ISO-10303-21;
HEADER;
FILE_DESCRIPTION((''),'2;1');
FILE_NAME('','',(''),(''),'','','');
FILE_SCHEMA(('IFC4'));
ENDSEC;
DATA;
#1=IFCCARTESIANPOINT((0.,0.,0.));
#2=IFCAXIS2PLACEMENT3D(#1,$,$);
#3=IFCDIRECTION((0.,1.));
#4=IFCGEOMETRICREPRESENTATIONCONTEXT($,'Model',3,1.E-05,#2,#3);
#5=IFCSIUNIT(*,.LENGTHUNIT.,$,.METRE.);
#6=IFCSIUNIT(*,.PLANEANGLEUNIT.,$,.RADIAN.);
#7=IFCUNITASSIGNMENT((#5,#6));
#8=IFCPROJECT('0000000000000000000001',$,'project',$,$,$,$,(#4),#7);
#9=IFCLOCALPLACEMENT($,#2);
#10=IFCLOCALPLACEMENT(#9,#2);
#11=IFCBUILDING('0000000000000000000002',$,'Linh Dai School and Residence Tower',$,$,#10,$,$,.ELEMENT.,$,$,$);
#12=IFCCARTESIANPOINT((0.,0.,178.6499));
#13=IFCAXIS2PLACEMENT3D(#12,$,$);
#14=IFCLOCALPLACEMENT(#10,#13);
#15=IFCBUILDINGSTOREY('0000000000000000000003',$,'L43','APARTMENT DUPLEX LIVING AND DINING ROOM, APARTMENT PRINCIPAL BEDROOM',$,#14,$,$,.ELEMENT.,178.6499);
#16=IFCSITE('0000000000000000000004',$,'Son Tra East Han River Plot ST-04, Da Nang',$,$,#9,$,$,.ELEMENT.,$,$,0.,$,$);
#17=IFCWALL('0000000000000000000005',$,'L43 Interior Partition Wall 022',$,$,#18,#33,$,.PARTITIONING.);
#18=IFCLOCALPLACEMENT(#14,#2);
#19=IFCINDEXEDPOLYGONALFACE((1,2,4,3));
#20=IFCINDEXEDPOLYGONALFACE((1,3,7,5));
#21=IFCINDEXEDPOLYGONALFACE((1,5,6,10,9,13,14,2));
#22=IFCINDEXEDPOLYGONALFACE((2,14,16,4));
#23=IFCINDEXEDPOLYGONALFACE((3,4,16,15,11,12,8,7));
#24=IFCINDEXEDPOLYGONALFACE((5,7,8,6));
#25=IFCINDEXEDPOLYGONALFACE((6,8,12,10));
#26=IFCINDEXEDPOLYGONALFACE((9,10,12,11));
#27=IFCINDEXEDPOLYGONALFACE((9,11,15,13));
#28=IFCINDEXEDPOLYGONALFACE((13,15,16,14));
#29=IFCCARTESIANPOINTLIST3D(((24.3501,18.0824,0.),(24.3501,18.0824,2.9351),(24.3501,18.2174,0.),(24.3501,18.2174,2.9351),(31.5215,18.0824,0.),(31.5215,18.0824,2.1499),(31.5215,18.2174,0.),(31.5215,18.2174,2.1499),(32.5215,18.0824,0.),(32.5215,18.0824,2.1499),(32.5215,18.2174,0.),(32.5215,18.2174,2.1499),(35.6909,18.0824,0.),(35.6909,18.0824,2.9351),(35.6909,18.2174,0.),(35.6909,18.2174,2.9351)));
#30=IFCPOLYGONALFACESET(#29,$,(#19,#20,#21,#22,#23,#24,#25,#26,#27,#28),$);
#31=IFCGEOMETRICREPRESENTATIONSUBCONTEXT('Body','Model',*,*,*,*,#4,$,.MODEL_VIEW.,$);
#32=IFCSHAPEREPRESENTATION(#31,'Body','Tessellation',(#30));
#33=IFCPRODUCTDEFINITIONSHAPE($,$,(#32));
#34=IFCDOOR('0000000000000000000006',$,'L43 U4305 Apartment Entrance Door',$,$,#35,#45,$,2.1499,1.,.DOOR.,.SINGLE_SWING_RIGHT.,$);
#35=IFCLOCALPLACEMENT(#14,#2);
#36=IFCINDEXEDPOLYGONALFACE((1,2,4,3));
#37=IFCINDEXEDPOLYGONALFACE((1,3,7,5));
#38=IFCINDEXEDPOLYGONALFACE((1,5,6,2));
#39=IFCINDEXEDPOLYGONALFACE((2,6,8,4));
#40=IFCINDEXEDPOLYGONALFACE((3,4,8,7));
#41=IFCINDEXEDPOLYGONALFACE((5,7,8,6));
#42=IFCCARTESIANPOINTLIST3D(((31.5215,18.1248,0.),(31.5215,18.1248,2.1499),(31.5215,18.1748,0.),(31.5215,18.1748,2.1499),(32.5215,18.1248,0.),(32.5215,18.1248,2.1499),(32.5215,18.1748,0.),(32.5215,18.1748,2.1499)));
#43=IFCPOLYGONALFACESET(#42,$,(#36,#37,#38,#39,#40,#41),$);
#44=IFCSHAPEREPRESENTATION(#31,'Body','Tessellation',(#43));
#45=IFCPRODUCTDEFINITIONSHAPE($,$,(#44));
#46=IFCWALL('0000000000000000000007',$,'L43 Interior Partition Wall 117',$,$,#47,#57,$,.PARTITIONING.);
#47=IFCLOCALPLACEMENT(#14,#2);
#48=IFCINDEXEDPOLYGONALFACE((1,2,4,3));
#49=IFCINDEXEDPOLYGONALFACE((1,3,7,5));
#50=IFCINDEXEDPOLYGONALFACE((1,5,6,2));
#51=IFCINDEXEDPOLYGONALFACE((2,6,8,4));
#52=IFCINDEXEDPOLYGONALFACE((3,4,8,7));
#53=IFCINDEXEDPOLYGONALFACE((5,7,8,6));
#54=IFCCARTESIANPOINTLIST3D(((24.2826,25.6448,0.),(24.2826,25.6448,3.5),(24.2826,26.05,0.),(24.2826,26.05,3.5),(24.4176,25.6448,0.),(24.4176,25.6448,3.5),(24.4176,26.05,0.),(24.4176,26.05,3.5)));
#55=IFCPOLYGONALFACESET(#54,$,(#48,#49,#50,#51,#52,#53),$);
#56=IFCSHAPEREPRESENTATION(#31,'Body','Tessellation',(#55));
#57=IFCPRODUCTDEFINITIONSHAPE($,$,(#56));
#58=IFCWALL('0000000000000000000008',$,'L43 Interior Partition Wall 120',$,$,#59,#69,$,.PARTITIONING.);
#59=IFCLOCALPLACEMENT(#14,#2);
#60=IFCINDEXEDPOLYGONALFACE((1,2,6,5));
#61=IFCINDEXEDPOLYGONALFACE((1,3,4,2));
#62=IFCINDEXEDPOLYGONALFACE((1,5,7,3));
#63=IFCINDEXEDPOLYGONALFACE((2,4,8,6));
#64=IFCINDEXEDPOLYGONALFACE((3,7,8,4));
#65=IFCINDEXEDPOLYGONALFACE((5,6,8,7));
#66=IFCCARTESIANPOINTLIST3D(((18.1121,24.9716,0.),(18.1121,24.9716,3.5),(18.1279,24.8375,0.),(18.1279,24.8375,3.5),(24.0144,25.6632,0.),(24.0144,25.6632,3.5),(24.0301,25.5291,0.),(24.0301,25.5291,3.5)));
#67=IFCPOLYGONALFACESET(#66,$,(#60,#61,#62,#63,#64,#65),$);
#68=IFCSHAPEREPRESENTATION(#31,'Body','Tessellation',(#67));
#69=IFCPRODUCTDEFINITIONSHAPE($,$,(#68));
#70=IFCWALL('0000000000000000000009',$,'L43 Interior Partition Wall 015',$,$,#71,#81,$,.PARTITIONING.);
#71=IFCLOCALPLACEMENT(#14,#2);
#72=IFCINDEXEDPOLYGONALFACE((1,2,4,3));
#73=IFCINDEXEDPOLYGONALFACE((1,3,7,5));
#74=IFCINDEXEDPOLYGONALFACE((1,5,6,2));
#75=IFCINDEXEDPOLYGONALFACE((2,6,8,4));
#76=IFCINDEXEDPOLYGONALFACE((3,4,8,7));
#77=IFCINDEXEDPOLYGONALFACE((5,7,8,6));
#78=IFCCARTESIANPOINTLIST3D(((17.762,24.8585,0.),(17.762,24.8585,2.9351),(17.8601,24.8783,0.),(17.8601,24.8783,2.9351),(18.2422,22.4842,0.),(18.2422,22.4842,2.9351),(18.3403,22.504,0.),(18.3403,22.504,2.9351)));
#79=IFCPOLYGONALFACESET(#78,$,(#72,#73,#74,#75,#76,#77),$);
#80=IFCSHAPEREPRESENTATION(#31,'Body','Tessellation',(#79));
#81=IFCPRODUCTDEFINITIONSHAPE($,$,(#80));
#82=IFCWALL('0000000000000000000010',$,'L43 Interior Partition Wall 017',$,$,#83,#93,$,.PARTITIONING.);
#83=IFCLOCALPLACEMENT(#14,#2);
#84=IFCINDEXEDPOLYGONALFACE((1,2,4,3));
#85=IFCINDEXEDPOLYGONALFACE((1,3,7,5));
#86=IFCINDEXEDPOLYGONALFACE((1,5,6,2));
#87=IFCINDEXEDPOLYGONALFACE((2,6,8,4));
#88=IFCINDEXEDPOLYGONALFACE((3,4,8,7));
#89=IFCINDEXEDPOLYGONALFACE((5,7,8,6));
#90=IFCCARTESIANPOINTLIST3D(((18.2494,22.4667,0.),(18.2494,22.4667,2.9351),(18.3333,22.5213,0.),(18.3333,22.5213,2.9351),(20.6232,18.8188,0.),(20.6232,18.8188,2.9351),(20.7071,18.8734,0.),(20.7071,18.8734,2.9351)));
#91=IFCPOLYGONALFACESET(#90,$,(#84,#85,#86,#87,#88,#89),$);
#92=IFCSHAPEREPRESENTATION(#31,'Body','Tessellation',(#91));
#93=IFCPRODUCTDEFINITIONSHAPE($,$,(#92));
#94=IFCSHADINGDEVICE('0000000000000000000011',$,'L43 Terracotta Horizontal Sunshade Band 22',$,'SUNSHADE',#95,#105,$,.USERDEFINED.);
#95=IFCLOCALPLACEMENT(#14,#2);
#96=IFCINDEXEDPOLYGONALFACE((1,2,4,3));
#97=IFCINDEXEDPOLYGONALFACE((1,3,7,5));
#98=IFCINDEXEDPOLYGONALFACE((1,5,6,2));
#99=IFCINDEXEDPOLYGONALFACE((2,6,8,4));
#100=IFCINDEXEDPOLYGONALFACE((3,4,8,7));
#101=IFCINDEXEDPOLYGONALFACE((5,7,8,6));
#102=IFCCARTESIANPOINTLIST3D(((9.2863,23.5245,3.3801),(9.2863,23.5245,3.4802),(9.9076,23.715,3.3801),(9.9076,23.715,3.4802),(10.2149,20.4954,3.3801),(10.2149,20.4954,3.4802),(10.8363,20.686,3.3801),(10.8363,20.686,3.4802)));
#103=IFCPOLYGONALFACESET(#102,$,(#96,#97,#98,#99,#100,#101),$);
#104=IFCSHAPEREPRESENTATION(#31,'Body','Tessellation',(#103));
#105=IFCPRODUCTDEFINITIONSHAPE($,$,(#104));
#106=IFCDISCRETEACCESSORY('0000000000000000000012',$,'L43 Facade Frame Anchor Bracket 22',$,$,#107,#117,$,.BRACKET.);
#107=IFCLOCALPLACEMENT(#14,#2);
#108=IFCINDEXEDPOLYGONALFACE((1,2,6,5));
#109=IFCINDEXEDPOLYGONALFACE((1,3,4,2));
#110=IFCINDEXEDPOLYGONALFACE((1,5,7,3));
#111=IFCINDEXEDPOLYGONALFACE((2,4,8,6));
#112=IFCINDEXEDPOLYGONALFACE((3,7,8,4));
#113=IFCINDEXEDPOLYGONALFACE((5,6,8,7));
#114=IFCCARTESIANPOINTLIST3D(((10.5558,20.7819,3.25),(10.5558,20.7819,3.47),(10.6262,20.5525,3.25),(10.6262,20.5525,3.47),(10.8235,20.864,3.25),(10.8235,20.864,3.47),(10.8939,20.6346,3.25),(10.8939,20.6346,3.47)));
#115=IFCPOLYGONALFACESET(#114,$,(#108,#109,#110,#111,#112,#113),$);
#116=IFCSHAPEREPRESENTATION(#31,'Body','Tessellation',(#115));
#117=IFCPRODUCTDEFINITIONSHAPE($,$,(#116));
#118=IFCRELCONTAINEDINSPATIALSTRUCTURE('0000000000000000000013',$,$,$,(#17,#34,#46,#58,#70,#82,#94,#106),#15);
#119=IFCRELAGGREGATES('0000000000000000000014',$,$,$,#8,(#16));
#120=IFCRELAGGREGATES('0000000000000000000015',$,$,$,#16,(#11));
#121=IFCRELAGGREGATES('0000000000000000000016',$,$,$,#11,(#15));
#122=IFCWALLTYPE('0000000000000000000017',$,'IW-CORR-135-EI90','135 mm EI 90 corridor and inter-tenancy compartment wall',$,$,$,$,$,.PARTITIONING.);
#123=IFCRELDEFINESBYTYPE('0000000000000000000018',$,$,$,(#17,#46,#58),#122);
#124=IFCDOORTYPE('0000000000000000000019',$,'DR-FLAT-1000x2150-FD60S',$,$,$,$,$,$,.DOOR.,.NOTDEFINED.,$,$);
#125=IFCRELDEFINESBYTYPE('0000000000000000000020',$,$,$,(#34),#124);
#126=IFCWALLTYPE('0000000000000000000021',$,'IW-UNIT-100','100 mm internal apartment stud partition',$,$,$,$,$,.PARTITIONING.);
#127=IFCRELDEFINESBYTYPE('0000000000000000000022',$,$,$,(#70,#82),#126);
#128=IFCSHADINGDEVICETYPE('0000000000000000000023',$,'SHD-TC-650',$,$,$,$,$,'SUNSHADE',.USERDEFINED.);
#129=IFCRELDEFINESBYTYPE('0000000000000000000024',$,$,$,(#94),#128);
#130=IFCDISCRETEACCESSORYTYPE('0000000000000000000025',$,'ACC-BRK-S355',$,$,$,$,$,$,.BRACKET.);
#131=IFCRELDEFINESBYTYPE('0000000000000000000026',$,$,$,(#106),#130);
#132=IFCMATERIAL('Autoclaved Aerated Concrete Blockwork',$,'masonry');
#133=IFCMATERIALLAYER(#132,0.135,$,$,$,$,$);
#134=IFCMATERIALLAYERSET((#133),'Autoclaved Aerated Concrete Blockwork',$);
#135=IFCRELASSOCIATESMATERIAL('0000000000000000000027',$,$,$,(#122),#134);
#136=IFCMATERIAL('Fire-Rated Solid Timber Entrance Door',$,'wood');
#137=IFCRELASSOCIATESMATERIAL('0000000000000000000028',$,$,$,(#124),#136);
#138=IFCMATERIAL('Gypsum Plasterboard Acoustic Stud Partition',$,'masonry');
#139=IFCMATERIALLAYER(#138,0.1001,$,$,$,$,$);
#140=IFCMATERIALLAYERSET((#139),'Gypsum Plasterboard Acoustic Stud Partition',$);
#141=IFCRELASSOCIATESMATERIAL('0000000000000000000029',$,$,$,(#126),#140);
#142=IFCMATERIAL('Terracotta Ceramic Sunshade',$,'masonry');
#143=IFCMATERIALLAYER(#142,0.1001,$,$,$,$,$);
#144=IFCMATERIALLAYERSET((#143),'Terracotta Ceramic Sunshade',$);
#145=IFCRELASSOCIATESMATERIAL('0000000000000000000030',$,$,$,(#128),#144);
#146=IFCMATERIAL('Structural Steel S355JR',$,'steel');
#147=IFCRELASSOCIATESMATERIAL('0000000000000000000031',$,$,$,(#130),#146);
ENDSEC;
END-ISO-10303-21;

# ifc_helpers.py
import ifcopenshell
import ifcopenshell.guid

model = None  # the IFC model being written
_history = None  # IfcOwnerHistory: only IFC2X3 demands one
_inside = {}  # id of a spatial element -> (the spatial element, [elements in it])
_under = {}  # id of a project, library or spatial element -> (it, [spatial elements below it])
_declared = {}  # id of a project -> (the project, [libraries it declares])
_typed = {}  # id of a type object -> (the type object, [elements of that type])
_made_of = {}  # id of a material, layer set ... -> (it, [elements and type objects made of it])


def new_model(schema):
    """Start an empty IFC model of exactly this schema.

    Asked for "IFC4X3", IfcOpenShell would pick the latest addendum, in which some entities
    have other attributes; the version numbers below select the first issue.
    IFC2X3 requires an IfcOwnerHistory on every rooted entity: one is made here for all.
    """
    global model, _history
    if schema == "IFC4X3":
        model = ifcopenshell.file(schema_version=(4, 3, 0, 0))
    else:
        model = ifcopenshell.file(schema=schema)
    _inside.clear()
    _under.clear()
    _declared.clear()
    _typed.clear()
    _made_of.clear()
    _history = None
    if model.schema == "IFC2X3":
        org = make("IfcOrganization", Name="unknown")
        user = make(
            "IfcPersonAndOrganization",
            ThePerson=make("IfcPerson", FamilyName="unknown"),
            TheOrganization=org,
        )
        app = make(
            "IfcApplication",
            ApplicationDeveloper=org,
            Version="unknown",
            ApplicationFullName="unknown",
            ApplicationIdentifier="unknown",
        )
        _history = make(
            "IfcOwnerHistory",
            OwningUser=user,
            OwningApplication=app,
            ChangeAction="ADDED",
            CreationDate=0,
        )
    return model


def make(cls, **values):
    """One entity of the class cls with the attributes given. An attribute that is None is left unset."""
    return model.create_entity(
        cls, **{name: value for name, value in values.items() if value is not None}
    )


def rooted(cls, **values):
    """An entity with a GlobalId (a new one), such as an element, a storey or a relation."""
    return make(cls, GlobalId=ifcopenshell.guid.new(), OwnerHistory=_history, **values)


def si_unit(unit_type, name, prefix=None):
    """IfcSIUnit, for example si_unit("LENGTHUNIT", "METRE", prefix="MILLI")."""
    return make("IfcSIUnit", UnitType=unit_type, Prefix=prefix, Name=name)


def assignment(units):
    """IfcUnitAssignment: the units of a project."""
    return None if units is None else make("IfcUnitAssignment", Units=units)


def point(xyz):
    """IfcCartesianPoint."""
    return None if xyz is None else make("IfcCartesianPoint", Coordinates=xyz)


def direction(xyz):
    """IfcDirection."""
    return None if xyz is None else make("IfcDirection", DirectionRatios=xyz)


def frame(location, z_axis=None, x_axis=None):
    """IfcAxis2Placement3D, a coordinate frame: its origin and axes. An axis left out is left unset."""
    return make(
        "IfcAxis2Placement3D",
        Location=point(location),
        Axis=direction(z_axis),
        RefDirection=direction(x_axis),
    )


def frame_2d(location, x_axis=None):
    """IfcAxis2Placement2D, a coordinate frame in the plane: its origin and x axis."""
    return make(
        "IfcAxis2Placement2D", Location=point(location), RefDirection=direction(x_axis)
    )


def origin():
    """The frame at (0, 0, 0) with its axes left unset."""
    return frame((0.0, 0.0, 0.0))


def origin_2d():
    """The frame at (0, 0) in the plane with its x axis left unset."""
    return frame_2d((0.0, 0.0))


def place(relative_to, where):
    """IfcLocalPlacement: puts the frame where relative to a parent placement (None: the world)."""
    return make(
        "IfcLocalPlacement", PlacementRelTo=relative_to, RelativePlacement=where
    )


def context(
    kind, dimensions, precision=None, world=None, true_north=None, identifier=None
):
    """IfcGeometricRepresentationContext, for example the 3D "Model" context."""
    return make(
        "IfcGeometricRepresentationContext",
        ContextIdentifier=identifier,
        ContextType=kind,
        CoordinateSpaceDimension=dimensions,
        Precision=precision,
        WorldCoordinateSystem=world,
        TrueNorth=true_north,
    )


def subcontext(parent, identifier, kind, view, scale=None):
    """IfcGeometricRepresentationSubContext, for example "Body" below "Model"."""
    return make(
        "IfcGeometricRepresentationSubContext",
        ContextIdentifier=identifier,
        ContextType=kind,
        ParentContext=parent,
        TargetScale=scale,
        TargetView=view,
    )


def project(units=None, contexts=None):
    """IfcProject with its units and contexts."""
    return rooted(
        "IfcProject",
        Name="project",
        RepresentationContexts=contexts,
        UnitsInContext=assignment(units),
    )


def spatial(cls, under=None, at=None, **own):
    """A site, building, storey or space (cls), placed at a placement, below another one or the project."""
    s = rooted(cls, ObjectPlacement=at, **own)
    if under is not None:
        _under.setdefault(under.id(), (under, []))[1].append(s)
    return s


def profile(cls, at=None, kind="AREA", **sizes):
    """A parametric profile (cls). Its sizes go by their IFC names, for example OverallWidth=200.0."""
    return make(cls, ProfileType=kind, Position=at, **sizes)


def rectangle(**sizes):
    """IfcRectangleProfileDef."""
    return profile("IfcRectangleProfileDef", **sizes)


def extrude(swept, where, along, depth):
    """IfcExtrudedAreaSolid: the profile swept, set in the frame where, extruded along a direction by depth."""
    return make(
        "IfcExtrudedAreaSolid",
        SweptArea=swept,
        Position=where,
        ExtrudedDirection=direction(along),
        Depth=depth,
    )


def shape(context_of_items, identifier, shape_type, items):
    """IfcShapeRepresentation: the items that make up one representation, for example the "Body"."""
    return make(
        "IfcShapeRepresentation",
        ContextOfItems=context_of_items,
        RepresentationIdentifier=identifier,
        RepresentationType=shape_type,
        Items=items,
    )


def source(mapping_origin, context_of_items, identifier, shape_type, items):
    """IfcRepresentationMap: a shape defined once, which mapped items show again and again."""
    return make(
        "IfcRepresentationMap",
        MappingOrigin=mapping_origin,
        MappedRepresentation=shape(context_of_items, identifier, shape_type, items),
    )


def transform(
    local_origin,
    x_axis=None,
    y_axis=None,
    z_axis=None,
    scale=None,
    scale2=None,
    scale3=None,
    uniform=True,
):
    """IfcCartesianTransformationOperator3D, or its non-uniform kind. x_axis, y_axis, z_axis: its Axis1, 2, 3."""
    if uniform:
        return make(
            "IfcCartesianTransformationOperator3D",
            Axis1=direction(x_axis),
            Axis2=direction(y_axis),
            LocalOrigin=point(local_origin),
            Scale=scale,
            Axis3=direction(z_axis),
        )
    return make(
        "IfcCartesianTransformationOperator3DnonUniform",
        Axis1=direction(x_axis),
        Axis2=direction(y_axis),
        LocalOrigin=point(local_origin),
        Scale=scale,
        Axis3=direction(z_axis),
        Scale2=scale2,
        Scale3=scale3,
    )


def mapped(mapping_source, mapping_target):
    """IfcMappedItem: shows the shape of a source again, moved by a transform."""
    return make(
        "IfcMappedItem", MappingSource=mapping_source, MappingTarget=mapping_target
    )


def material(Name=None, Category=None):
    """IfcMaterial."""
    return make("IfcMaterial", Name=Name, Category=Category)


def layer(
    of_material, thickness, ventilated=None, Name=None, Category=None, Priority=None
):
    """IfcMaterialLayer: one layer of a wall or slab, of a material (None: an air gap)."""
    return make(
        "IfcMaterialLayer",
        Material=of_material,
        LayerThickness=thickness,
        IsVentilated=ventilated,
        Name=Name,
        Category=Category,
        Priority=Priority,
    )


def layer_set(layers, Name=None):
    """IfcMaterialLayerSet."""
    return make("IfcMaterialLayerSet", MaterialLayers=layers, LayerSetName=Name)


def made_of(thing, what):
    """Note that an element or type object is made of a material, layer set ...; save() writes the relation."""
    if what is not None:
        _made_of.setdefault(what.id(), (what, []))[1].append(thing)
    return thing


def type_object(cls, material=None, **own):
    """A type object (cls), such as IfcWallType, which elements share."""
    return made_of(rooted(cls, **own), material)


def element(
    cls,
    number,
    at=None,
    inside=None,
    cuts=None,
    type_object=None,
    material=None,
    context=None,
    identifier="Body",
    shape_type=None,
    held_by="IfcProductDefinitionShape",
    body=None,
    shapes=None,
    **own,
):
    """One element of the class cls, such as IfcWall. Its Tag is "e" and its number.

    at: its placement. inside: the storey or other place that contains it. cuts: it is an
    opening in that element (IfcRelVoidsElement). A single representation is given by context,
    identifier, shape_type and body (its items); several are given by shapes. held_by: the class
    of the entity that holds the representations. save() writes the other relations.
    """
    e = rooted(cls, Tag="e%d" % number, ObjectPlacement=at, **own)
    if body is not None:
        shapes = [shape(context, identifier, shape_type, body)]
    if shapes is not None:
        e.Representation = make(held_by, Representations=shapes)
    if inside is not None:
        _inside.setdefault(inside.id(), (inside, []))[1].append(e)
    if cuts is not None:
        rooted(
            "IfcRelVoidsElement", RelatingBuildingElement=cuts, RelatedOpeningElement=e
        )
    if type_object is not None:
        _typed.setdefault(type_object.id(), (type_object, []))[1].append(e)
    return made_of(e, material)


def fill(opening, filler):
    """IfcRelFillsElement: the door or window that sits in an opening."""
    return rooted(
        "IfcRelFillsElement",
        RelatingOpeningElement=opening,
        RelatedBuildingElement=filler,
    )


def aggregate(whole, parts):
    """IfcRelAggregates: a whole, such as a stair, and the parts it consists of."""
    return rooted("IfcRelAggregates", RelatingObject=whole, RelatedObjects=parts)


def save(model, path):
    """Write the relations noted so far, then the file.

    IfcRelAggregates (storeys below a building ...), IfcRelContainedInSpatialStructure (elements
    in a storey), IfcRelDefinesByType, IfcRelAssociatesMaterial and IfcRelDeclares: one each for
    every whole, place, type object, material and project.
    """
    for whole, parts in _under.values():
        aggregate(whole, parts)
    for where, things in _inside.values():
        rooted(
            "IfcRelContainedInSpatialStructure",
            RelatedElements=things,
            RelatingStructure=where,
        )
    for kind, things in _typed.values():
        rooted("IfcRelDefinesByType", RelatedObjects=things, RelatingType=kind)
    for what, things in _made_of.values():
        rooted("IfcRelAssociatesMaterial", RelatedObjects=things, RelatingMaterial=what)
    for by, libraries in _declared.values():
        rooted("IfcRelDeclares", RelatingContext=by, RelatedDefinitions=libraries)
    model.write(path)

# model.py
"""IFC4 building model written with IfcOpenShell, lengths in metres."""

from ifc_helpers import new_model, si_unit, direction, frame, frame_2d, origin, origin_2d, place, context, subcontext, project, spatial, rectangle, extrude, source, transform, mapped, material, layer, layer_set, type_object, element, fill, save


model = new_model("IFC4")

# Units and contexts
model_context = context("Model", 3, precision=1e-05, world=origin(), true_north=direction((0.0, 1.0)))
body_context = subcontext(model_context, "Body", "Model", "MODEL_VIEW")
ifc_project = project(units=[si_unit("LENGTHUNIT", "METRE"), si_unit("PLANEANGLEUNIT", "RADIAN")], contexts=[model_context])

# Site, building, storey
site_placement = place(None, origin())
site = spatial("IfcSite", under=ifc_project, at=site_placement, Name="Son Tra East Han River Plot ST-04, Da Nang", CompositionType="ELEMENT", RefElevation=0.0)
building_placement = place(site_placement, origin())
building = spatial("IfcBuilding", under=site, at=building_placement, Name="Linh Dai School and Residence Tower", CompositionType="ELEMENT")
storey_placement = place(building_placement, frame((0.0, 0.0, 178.6499)))
storey = spatial("IfcBuildingStorey", under=building, at=storey_placement, Name="L43", Description="APARTMENT DUPLEX LIVING AND DINING ROOM, APARTMENT PRINCIPAL BEDROOM", CompositionType="ELEMENT", Elevation=178.6499)

# Shared definitions
ifc_material_1 = material(Name="Structural Steel S355JR", Category="steel")

# Shared definitions
ifc_material_2 = material(Name="Autoclaved Aerated Concrete Blockwork", Category="masonry")
ifc_layer_1 = layer(ifc_material_2, 0.135)
ifc_layer_set_1 = layer_set([ifc_layer_1], Name="Autoclaved Aerated Concrete Blockwork")
wall_type_1 = type_object("IfcWallType", Name="IW-CORR-135-EI90", Description="135 mm EI 90 corridor and inter-tenancy compartment wall", PredefinedType="PARTITIONING", material=ifc_layer_set_1)

# Wall, opening, door
ifc_material_3 = material(Name="Fire-Rated Solid Timber Entrance Door", Category="wood")
door_type = type_object("IfcDoorType", Name="DR-FLAT-1000x2150-FD60S", OperationType="NOTDEFINED", PredefinedType="DOOR", material=ifc_material_3)
shared_shape_1 = source(origin(), body_context, "Body", "SweptSolid", [
    extrude(rectangle(XDim=1.0, YDim=2.1499, at=origin_2d()), frame((0.5, 0.0249, 1.075), z_axis=(0.0, -1.0, 0.0), x_axis=(1.0, 0.0, 0.0)), (0.0, 0.0, 1.0), 0.05),
])
wall_1_placement = place(storey_placement, frame((24.3501, 18.1499, 0.0), z_axis=(0.0, 0.0, 1.0), x_axis=(1.0, 0.0, 0.0)))
wall_1 = element("IfcWall", 1, at=wall_1_placement, inside=storey, type_object=wall_type_1, Name="L43 Interior Partition Wall 022", PredefinedType="PARTITIONING", context=body_context, shape_type="SweptSolid", body=[
    extrude(rectangle(XDim=11.3408, YDim=0.135, at=frame_2d((5.6704, 0.0))), origin(), (0.0, 0.0, 1.0), 2.9351),
])
opening_1_placement = place(wall_1_placement, frame((7.1714, 0.0, 0.0)))
opening_1 = element("IfcOpeningElement", 2, at=opening_1_placement, cuts=wall_1, PredefinedType="OPENING", context=body_context, shape_type="SweptSolid", body=[
    extrude(rectangle(XDim=1.0, YDim=2.1499, at=origin_2d()), frame((0.5, 0.0776, 1.075), z_axis=(0.0, -1.0, 0.0), x_axis=(1.0, 0.0, 0.0)), (0.0, 0.0, 1.0), 0.155),
])
door_1_placement = place(opening_1_placement, origin())
door_1 = element("IfcDoor", 3, at=door_1_placement, inside=storey, type_object=door_type, Name="L43 U4305 Apartment Entrance Door", OperationType="SINGLE_SWING_RIGHT", OverallHeight=2.1499, OverallWidth=1.0, PredefinedType="DOOR", context=body_context, shape_type="MappedRepresentation", body=[
    mapped(shared_shape_1, transform((0.0, 0.0, 0.0), x_axis=(1.0, 0.0, 0.0), y_axis=(0.0, 1.0, 0.0), z_axis=(0.0, 0.0, 1.0), scale=1.0)),
])
fill(opening_1, door_1)

# Walls
wall_2_placement = place(storey_placement, frame((24.3501, 25.6448, 0.0), z_axis=(0.0, 0.0, 1.0), x_axis=(0.0, 1.0, 0.0)))
element("IfcWall", 4, at=wall_2_placement, inside=storey, type_object=wall_type_1, Name="L43 Interior Partition Wall 117", PredefinedType="PARTITIONING", context=body_context, shape_type="SweptSolid", body=[
    extrude(rectangle(XDim=0.4053, YDim=0.135, at=frame_2d((0.2026, 0.0))), origin(), (0.0, 0.0, 1.0), 3.5),
])
wall_3_placement = place(storey_placement, frame((18.1201, 24.9045, 0.0), z_axis=(0.0, 0.0, 1.0), x_axis=(0.993204, 0.116386, 0.0)))
element("IfcWall", 5, at=wall_3_placement, inside=storey, type_object=wall_type_1, Name="L43 Interior Partition Wall 120", PredefinedType="PARTITIONING", context=body_context, shape_type="SweptSolid", body=[
    extrude(rectangle(XDim=5.9426, YDim=0.135, at=frame_2d((2.9712, 0.0))), origin(), (0.0, 0.0, 1.0), 3.5),
])
ifc_material_4 = material(Name="Gypsum Plasterboard Acoustic Stud Partition", Category="masonry")
ifc_layer_2 = layer(ifc_material_4, 0.1001)
ifc_layer_set_2 = layer_set([ifc_layer_2], Name="Gypsum Plasterboard Acoustic Stud Partition")
wall_type_2 = type_object("IfcWallType", Name="IW-UNIT-100", Description="100 mm internal apartment stud partition", PredefinedType="PARTITIONING", material=ifc_layer_set_2)
wall_4_placement = place(storey_placement, frame((17.811, 24.8684, 0.0), z_axis=(0.0, 0.0, 1.0), x_axis=(0.198248, -0.980152, 0.0)))
element("IfcWall", 6, at=wall_4_placement, inside=storey, type_object=wall_type_2, Name="L43 Interior Partition Wall 015", PredefinedType="PARTITIONING", context=body_context, shape_type="SweptSolid", body=[
    extrude(rectangle(XDim=2.4224, YDim=0.1001, at=frame_2d((1.2112, 0.0))), origin(), (0.0, 0.0, 1.0), 2.9351),
])
wall_5_placement = place(storey_placement, frame((18.2913, 22.4941, 0.0), z_axis=(0.0, 0.0, 1.0), x_axis=(0.54541, -0.838169, 0.0)))
element("IfcWall", 7, at=wall_5_placement, inside=storey, type_object=wall_type_2, Name="L43 Interior Partition Wall 017", PredefinedType="PARTITIONING", context=body_context, shape_type="SweptSolid", body=[
    extrude(rectangle(XDim=4.3523, YDim=0.1001, at=frame_2d((2.1763, 0.0))), origin(), (0.0, 0.0, 1.0), 2.9351),
])

# Shading device
ifc_material_5 = material(Name="Terracotta Ceramic Sunshade", Category="masonry")
ifc_layer_3 = layer(ifc_material_5, 0.1001)
ifc_layer_set_3 = layer_set([ifc_layer_3], Name="Terracotta Ceramic Sunshade")
shading_device_type = type_object("IfcShadingDeviceType", Name="SHD-TC-650", ElementType="SUNSHADE", PredefinedType="USERDEFINED", material=ifc_layer_set_3)
shared_shape_2 = source(origin(), body_context, "Body", "SweptSolid", [
    extrude(rectangle(XDim=3.1682, YDim=0.6499, at=origin_2d()), origin(), (0.0, 0.0, 1.0), 0.1001),
])
shading_device_placement = place(storey_placement, frame((10.0613, 22.1052, 3.3801), z_axis=(0.0, 0.0, 1.0), x_axis=(-0.293122, 0.956075, 0.0)))
element("IfcShadingDevice", 8, at=shading_device_placement, inside=storey, type_object=shading_device_type, Name="L43 Terracotta Horizontal Sunshade Band 22", ObjectType="SUNSHADE", PredefinedType="USERDEFINED", context=body_context, shape_type="MappedRepresentation", body=[
    mapped(shared_shape_2, transform((0.0, 0.0, 0.0), x_axis=(1.0, 0.0, 0.0), y_axis=(0.0, 1.0, 0.0), z_axis=(0.0, 0.0, 1.0), scale=1.0)),
])

# Discrete accessory
discrete_accessory_type = type_object("IfcDiscreteAccessoryType", Name="ACC-BRK-S355", PredefinedType="BRACKET", material=ifc_material_1)
shared_shape_3 = source(origin(), body_context, "Body", "SweptSolid", [
    extrude(rectangle(XDim=0.28, YDim=0.24, at=origin_2d()), origin(), (0.0, 0.0, 1.0), 0.22),
])
discrete_accessory_placement = place(storey_placement, frame((10.7249, 20.7083, 3.25), z_axis=(0.0, 0.0, 1.0), x_axis=(-0.956075, -0.293122, 0.0)))
element("IfcDiscreteAccessory", 9, at=discrete_accessory_placement, inside=storey, type_object=discrete_accessory_type, Name="L43 Facade Frame Anchor Bracket 22", PredefinedType="BRACKET", context=body_context, shape_type="MappedRepresentation", body=[
    mapped(shared_shape_3, transform((0.0, 0.0, 0.0), x_axis=(1.0, 0.0, 0.0), y_axis=(0.0, 1.0, 0.0), z_axis=(0.0, 0.0, 1.0), scale=1.0)),
])

save(model, "model.ifc")
